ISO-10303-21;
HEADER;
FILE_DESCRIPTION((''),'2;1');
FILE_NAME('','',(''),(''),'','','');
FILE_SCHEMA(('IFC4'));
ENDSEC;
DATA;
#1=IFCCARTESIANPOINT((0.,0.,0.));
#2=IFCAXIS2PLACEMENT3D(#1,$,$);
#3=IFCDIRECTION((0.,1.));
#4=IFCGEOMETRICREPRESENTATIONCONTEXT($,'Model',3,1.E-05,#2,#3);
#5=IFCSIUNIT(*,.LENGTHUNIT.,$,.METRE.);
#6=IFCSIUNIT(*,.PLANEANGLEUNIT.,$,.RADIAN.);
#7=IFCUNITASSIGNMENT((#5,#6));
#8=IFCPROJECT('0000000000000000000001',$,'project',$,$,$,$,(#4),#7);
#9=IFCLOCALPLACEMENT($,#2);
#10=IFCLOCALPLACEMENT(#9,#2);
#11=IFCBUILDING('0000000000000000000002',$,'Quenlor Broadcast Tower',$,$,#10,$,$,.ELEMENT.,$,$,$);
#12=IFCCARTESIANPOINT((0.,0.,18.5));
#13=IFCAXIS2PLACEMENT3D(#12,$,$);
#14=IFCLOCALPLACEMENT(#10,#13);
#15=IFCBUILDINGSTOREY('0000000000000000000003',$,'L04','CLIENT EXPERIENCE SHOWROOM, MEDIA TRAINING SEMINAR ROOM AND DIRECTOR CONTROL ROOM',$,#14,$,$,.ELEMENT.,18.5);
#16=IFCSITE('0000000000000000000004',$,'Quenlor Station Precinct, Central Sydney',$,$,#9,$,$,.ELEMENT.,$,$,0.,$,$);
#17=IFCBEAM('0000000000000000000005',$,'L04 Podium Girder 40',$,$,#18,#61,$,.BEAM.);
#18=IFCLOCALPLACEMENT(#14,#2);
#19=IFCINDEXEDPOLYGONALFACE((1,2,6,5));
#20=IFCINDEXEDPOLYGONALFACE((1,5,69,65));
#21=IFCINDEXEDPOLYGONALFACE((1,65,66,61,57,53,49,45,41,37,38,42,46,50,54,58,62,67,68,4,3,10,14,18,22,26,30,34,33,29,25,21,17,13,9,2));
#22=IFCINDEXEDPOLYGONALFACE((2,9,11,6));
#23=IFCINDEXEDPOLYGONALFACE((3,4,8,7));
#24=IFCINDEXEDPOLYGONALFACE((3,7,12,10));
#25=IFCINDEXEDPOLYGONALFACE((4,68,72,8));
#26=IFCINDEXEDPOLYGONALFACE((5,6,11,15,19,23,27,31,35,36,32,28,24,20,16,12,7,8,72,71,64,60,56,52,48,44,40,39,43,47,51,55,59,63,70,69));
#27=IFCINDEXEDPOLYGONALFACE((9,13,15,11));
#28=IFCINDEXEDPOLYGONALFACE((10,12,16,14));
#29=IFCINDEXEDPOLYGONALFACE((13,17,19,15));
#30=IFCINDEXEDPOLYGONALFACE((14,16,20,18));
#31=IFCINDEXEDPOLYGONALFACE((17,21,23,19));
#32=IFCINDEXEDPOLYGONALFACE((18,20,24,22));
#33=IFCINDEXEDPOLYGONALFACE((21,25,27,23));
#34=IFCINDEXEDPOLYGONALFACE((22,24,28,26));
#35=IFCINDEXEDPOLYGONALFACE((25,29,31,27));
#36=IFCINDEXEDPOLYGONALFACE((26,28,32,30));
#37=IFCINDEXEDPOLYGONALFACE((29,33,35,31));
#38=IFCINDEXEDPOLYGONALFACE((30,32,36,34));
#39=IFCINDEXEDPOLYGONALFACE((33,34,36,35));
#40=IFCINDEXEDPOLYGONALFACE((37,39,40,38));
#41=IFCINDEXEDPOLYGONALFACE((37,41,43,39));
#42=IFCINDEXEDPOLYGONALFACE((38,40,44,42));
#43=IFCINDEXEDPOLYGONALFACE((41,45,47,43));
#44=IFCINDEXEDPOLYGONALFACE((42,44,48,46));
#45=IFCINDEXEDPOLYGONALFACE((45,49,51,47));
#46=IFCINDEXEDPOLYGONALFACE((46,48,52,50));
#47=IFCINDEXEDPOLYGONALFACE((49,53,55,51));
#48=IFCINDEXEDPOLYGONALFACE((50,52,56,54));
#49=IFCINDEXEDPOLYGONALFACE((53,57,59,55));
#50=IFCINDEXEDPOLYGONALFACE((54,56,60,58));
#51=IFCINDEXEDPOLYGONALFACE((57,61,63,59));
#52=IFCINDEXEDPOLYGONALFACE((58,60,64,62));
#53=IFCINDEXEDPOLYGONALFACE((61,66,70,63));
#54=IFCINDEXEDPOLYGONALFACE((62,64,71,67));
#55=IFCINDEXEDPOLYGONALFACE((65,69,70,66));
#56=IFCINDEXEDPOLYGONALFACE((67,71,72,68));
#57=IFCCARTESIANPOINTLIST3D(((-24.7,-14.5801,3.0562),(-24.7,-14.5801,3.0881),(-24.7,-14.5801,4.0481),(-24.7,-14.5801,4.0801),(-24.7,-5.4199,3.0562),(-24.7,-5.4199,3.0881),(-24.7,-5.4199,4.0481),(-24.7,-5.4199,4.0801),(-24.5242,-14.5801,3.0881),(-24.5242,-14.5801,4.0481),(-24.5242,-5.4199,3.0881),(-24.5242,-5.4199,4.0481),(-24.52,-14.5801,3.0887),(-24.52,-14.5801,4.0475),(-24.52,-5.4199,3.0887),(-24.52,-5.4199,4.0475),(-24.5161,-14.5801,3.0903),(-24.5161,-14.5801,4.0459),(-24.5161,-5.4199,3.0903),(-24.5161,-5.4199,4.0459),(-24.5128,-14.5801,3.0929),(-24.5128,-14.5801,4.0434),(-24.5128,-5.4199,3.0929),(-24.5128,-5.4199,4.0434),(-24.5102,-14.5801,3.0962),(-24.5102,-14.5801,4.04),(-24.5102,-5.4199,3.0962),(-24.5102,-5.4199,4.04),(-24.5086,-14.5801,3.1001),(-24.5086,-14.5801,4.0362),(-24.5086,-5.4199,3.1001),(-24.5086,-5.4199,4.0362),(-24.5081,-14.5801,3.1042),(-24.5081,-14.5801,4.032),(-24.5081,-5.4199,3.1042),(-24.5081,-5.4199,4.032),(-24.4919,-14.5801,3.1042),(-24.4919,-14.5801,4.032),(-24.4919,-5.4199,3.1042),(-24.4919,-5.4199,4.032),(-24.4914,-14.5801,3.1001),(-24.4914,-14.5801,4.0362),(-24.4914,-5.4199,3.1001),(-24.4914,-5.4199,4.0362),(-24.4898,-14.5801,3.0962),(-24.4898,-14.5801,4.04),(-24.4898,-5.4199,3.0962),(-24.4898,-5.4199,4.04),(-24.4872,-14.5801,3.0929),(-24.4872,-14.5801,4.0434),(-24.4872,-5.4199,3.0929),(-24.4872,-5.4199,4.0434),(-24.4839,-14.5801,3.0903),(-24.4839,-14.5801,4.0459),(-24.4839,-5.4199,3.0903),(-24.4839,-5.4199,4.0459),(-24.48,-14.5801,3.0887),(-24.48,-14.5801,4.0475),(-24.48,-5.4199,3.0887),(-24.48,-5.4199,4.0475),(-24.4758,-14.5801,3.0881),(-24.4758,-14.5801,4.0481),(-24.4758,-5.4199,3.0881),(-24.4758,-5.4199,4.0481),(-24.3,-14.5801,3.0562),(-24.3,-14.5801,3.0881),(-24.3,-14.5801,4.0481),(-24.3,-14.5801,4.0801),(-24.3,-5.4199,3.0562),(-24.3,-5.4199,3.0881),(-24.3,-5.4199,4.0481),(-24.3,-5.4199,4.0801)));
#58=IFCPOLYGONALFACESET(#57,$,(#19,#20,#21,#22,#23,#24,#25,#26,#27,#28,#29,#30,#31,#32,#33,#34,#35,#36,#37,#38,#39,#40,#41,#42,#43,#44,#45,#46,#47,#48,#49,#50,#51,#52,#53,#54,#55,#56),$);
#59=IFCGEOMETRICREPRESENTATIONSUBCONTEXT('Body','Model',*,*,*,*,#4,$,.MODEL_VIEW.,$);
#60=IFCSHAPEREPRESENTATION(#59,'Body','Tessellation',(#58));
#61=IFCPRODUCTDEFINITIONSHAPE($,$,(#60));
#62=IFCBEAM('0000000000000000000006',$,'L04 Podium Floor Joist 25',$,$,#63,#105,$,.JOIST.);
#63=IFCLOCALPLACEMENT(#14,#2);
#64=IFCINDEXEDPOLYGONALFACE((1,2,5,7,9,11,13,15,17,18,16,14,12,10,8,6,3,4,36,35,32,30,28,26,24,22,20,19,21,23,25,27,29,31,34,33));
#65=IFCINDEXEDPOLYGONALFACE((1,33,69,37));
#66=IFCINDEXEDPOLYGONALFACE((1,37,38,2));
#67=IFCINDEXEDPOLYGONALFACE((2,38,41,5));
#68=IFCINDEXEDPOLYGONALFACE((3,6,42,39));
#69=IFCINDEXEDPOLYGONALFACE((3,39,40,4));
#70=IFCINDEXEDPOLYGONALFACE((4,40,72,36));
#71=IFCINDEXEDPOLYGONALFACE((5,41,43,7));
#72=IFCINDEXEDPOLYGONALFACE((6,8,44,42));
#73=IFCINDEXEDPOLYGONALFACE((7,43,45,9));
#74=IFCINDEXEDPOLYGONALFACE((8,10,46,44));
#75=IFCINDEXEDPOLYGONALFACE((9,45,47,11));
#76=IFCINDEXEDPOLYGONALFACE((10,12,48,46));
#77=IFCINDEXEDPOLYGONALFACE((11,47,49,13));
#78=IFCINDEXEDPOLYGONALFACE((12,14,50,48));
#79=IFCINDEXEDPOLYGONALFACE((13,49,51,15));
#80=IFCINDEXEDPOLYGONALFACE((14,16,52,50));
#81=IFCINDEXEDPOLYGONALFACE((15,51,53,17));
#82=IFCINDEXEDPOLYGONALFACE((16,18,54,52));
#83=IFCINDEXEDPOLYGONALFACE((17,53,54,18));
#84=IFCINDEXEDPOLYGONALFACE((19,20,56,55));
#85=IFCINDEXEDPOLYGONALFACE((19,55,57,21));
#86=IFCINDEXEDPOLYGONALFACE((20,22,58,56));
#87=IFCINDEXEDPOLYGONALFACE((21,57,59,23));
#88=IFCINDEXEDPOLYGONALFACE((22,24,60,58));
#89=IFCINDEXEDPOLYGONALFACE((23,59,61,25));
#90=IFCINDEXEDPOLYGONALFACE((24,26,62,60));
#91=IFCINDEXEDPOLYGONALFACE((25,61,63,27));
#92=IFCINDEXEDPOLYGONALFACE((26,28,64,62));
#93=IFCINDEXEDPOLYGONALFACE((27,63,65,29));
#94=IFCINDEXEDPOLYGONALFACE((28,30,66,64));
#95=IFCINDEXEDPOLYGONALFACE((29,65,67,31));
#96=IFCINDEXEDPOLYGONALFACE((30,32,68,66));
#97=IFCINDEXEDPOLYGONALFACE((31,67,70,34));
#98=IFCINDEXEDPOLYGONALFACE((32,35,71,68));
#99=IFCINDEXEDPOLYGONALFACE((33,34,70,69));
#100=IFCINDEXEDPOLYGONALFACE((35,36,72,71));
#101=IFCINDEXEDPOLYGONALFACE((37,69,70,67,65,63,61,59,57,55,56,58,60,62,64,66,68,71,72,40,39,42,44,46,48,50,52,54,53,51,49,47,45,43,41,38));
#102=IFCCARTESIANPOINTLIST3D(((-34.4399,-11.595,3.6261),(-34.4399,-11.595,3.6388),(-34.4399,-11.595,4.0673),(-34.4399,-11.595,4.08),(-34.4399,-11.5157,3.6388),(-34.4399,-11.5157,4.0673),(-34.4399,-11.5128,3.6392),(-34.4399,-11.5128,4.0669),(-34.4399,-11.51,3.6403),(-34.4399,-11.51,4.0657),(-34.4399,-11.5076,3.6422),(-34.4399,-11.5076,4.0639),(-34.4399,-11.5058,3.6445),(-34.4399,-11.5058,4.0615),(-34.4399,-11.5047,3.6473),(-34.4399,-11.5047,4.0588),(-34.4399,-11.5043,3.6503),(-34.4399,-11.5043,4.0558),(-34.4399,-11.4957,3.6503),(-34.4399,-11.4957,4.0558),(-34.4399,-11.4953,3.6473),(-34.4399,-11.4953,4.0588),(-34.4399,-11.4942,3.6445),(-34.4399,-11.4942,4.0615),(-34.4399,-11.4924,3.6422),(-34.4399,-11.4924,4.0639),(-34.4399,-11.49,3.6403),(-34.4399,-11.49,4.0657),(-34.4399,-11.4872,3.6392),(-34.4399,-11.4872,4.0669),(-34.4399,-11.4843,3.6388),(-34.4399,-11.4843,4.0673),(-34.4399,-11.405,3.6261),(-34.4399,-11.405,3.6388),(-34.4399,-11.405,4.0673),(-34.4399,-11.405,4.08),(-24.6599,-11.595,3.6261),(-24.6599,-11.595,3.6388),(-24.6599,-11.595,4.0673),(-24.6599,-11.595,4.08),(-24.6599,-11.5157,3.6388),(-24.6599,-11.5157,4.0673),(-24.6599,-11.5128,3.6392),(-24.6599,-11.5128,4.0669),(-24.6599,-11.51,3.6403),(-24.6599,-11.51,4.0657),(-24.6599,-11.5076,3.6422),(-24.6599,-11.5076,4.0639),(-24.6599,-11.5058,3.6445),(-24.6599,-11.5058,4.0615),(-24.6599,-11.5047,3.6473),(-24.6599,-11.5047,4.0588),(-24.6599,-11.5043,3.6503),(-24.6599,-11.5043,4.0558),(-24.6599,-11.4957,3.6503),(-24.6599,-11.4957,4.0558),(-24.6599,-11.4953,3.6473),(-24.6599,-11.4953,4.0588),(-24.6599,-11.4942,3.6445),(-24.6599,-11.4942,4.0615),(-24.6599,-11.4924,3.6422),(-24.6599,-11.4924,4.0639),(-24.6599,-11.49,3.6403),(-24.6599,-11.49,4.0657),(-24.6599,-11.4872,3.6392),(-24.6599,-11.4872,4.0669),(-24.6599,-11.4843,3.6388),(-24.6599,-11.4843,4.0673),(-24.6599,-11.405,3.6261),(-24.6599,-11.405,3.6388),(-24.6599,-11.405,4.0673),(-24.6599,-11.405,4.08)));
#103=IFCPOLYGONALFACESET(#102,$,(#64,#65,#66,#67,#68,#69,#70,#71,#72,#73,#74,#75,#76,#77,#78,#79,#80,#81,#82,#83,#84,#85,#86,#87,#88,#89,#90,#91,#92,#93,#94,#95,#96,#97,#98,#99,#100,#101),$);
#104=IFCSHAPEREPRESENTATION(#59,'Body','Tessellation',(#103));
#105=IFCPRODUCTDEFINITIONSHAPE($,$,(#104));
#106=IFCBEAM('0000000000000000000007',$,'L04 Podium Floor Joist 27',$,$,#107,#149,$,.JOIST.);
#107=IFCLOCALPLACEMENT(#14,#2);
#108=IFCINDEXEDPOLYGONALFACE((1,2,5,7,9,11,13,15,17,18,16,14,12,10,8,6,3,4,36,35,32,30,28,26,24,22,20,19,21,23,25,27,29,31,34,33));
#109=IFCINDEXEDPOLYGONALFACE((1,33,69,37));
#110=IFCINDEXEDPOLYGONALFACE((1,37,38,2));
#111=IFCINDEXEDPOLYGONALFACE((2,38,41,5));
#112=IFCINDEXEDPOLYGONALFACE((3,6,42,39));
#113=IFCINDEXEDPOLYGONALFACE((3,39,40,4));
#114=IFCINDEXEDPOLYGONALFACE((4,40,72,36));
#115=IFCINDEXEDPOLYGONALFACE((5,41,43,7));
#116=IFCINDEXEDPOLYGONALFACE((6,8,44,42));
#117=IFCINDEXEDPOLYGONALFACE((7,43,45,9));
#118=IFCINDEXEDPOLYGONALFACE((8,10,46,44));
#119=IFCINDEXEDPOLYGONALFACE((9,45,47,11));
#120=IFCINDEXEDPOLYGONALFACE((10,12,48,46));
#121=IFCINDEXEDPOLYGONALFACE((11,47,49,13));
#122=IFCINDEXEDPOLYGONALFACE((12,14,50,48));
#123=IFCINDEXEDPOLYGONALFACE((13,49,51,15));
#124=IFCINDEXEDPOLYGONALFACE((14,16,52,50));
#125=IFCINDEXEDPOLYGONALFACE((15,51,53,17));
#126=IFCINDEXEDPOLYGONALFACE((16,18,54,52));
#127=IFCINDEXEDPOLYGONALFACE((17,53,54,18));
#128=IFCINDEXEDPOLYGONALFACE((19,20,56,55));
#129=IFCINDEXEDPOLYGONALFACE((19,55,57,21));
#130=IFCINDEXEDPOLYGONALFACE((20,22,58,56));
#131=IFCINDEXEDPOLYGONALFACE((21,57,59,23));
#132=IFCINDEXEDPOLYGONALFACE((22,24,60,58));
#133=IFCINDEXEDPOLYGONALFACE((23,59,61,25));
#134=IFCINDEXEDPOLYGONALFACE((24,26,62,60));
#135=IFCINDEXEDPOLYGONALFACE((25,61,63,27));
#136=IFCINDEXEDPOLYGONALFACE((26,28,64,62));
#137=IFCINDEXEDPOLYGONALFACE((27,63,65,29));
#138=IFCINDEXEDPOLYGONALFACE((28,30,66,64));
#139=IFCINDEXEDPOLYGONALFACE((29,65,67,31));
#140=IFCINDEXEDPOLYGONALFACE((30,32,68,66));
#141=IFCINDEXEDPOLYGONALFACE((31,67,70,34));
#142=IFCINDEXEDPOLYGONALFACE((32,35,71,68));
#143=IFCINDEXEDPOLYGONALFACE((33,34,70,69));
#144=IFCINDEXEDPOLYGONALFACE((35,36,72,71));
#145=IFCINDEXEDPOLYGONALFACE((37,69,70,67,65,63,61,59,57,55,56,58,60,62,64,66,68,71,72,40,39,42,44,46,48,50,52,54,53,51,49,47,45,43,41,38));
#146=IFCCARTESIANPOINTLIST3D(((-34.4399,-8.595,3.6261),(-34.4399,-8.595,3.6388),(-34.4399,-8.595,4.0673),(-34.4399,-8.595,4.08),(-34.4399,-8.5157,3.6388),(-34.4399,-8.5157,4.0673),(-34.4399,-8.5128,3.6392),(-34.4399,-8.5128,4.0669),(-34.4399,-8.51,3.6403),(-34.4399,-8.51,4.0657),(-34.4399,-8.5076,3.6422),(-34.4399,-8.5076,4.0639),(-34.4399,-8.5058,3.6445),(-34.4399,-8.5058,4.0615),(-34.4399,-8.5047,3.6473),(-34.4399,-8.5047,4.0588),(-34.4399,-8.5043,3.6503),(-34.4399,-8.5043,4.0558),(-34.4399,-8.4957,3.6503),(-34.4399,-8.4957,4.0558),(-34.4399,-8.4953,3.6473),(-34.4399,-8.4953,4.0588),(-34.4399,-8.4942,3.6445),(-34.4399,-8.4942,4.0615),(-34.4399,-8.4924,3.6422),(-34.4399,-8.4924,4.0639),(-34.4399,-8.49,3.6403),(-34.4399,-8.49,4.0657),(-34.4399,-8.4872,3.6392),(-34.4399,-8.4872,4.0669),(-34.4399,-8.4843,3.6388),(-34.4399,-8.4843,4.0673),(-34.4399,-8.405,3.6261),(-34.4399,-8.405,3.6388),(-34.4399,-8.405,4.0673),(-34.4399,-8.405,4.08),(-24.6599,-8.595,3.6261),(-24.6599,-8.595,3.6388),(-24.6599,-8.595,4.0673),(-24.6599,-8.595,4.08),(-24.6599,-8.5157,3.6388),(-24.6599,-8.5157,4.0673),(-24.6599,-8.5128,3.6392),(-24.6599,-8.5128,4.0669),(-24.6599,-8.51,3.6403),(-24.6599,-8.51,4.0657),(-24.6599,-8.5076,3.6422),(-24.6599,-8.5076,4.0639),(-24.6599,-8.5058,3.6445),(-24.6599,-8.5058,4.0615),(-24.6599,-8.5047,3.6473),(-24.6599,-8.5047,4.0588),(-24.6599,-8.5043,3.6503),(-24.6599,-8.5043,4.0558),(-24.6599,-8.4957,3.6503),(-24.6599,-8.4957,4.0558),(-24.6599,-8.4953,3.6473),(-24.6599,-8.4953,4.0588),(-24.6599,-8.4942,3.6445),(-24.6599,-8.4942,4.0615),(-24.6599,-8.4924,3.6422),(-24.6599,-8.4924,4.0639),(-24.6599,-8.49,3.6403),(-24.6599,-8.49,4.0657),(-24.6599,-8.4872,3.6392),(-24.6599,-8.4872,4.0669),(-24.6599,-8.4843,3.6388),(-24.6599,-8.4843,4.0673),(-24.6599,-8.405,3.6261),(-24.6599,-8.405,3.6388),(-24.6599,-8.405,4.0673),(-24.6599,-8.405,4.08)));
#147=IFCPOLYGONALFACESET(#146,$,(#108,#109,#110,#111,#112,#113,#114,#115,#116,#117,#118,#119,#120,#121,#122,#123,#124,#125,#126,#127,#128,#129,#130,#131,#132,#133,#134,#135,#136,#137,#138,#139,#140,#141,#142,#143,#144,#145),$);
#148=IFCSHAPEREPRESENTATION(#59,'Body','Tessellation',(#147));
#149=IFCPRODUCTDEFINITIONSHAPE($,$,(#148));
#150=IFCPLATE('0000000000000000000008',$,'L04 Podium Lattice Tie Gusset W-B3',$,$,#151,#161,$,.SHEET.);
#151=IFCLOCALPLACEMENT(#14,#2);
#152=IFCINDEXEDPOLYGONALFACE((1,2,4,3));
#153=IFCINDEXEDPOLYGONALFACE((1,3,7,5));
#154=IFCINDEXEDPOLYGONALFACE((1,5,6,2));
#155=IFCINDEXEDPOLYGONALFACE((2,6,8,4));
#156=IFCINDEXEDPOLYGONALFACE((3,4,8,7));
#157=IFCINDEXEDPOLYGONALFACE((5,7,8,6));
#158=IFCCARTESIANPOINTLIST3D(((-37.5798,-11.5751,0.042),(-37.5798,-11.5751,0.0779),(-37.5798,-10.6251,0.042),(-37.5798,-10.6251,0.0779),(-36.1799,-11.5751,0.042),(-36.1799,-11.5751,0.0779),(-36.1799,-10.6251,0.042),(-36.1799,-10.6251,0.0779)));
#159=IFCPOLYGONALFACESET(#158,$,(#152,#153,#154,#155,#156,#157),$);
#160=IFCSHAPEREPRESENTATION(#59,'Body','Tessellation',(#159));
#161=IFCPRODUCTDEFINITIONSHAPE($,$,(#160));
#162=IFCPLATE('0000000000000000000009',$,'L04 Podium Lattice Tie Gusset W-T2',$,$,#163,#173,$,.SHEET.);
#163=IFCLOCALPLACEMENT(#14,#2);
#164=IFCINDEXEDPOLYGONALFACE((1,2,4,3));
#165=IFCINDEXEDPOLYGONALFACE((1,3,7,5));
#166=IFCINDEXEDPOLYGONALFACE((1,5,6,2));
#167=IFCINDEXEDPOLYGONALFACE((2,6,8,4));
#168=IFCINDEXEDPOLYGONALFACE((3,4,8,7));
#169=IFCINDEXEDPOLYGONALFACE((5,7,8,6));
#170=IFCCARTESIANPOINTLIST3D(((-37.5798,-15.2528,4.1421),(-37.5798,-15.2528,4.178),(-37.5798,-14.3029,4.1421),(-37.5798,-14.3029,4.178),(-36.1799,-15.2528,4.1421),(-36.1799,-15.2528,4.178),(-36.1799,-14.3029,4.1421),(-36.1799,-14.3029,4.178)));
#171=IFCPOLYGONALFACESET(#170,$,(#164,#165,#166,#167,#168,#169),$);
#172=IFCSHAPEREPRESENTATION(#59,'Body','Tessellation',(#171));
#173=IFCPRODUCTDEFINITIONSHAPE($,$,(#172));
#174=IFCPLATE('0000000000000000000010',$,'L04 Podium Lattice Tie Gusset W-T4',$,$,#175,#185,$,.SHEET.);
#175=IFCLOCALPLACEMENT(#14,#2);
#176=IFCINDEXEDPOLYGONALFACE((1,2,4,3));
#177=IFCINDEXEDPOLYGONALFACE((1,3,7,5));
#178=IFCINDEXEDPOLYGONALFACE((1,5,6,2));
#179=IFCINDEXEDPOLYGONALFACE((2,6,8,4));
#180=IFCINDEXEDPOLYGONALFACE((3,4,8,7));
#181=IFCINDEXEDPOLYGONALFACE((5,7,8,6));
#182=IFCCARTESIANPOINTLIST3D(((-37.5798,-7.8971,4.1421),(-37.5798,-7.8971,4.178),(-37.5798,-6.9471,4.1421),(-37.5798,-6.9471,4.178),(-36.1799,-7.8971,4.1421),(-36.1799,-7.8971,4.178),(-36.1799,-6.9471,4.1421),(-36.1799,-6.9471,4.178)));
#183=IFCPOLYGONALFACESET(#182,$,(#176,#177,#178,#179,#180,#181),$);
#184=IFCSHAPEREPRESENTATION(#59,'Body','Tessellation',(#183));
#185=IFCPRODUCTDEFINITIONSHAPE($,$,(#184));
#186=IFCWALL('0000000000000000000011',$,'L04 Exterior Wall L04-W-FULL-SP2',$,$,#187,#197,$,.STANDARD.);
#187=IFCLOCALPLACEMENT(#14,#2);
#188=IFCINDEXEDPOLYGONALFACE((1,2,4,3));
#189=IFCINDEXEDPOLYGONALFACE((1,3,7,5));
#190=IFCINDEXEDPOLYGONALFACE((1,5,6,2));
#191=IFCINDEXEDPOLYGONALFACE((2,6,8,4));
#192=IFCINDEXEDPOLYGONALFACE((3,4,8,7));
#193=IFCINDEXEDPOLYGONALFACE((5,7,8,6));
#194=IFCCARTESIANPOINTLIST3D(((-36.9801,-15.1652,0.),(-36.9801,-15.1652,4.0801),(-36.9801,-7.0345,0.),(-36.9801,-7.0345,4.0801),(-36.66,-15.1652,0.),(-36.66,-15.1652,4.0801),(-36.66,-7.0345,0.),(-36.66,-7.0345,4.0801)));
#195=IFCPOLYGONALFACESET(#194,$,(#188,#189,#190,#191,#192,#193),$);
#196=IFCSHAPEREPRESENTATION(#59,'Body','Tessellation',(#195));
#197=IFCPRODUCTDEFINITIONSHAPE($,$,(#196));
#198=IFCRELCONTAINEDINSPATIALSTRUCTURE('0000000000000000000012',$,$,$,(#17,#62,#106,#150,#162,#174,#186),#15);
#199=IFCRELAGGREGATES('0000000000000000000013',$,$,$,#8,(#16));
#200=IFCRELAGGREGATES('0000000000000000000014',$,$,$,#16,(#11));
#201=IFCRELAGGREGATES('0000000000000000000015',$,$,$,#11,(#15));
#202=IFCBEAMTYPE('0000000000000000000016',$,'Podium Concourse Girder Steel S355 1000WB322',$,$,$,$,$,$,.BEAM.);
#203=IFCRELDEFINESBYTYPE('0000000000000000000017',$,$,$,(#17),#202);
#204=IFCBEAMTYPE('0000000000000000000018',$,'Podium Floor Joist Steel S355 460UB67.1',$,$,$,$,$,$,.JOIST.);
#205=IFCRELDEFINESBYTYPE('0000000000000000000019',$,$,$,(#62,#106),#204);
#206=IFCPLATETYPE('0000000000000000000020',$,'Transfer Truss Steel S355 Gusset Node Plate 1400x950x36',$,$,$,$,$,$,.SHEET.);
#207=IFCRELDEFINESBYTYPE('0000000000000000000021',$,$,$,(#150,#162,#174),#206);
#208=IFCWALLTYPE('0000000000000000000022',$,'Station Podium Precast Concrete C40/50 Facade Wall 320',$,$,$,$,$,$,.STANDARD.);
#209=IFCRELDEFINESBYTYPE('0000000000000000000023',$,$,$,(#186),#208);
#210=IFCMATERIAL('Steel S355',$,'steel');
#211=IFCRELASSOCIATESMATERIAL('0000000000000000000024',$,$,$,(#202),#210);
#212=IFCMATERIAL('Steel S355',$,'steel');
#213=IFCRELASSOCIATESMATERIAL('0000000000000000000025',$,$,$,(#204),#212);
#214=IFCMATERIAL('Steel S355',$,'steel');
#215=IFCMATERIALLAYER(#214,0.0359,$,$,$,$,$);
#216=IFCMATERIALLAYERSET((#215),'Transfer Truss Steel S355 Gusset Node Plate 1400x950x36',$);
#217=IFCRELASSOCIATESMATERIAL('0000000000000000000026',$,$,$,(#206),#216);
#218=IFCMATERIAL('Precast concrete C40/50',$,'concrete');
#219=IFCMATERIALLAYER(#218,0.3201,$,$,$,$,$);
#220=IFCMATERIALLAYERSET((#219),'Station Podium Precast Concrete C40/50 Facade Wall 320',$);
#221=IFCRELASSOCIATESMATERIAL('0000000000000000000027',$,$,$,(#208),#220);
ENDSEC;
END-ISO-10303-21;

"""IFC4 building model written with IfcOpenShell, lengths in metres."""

from ifc_helpers import new_model, si_unit, direction, frame, frame_2d, origin, origin_2d, place, context, subcontext, project, spatial, rectangle, i_section, extrude, material, layer, layer_set, material_profile, profile_set, type_object, element, save


model = new_model("IFC4")

# Units and contexts
model_context = context("Model", 3, precision=1e-05, world=origin(), true_north=direction((0.0, 1.0)))
body_context = subcontext(model_context, "Body", "Model", "MODEL_VIEW")
ifc_project = project(units=[si_unit("LENGTHUNIT", "METRE"), si_unit("PLANEANGLEUNIT", "RADIAN")], contexts=[model_context])

# Site, building, storey
site_placement = place(None, origin())
site = spatial("IfcSite", under=ifc_project, at=site_placement, Name="Quenlor Station Precinct, Central Sydney", CompositionType="ELEMENT", RefElevation=0.0)
building_placement = place(site_placement, origin())
building = spatial("IfcBuilding", under=site, at=building_placement, Name="Quenlor Broadcast Tower", CompositionType="ELEMENT")
storey_placement = place(building_placement, frame((0.0, 0.0, 18.5)))
storey = spatial("IfcBuildingStorey", under=building, at=storey_placement, Name="L04", Description="CLIENT EXPERIENCE SHOWROOM, MEDIA TRAINING SEMINAR ROOM AND DIRECTOR CONTROL ROOM", CompositionType="ELEMENT", Elevation=18.5)

# Beams
ifc_material_1 = material(Name="Steel S355", Category="steel")
ifc_material_profile_1 = material_profile(ifc_material_1, i_section(OverallWidth=0.3999, OverallDepth=1.0239, WebThickness=0.0161, FlangeThickness=0.032, FilletRadius=0.0161, at=origin_2d()))
ifc_profile_set_1 = profile_set([ifc_material_profile_1], Name="Steel S355 1000WB322")
beam_type_1 = type_object("IfcBeamType", Name="Podium Concourse Girder Steel S355 1000WB322", PredefinedType="BEAM", material=ifc_profile_set_1)
for number, where, z_axis, x_axis, name in (
    (1, (-24.5, -14.5801, 3.5681), (0.0, 1.0, 0.0), (-1.0, 0.0, 0.0), "L04 Podium Girder 40"),
):
    element("IfcBeam", number, at=place(storey_placement, frame(where, z_axis=z_axis, x_axis=x_axis)), inside=storey, type_object=beam_type_1, Name=name, PredefinedType="BEAM", context=body_context, shape_type="SweptSolid", body=[
        extrude(i_section(OverallWidth=0.3999, OverallDepth=1.0239, WebThickness=0.0161, FlangeThickness=0.032, FilletRadius=0.0161, at=origin_2d()), origin(), (0.0, 0.0, 1.0), 9.1602),
    ])
ifc_material_2 = material(Name="Steel S355", Category="steel")
ifc_material_profile_2 = material_profile(ifc_material_2, i_section(OverallWidth=0.1899, OverallDepth=0.4539, WebThickness=0.0085, FlangeThickness=0.0127, FilletRadius=0.0115, at=origin_2d()))
ifc_profile_set_2 = profile_set([ifc_material_profile_2], Name="Steel S355 460UB67.1")
beam_type_2 = type_object("IfcBeamType", Name="Podium Floor Joist Steel S355 460UB67.1", PredefinedType="JOIST", material=ifc_profile_set_2)
for number, where, z_axis, x_axis, name in (
    (2, (-34.4399, -11.5, 3.853), (1.0, 0.0, 0.0), (0.0, 1.0, 0.0), "L04 Podium Floor Joist 25"),
    (3, (-34.4399, -8.5, 3.853), (1.0, 0.0, 0.0), (0.0, 1.0, 0.0), "L04 Podium Floor Joist 27"),
):
    element("IfcBeam", number, at=place(storey_placement, frame(where, z_axis=z_axis, x_axis=x_axis)), inside=storey, type_object=beam_type_2, Name=name, PredefinedType="JOIST", context=body_context, shape_type="SweptSolid", body=[
        extrude(i_section(OverallWidth=0.1899, OverallDepth=0.4539, WebThickness=0.0085, FlangeThickness=0.0127, FilletRadius=0.0115, at=origin_2d()), origin(), (0.0, 0.0, 1.0), 9.78),
    ])

# Plates
ifc_material_3 = material(Name="Steel S355", Category="steel")
ifc_layer_1 = layer(ifc_material_3, 0.0359)
ifc_layer_set_1 = layer_set([ifc_layer_1], Name="Transfer Truss Steel S355 Gusset Node Plate 1400x950x36")
plate_type = type_object("IfcPlateType", Name="Transfer Truss Steel S355 Gusset Node Plate 1400x950x36", PredefinedType="SHEET", material=ifc_layer_set_1)
for number, where, z_axis, x_axis, name in (
    (4, (-36.8799, -11.1001, 0.042), (0.0, 0.0, 1.0), (-1.0, 0.0, 0.0), "L04 Podium Lattice Tie Gusset W-B3"),
    (5, (-36.8799, -14.7778, 4.1421), (0.0, 0.0, 1.0), (-1.0, 0.0, 0.0), "L04 Podium Lattice Tie Gusset W-T2"),
    (6, (-36.8799, -7.4221, 4.1421), (0.0, 0.0, 1.0), (-1.0, 0.0, 0.0), "L04 Podium Lattice Tie Gusset W-T4"),
):
    element("IfcPlate", number, at=place(storey_placement, frame(where, z_axis=z_axis, x_axis=x_axis)), inside=storey, type_object=plate_type, Name=name, PredefinedType="SHEET", context=body_context, shape_type="SweptSolid", body=[
        extrude(rectangle(XDim=1.3999, YDim=0.95, at=origin_2d()), origin(), (0.0, 0.0, 1.0), 0.0359),
    ])

# Wall
ifc_material_4 = material(Name="Precast concrete C40/50", Category="concrete")
ifc_layer_2 = layer(ifc_material_4, 0.3201)
ifc_layer_set_2 = layer_set([ifc_layer_2], Name="Station Podium Precast Concrete C40/50 Facade Wall 320")
wall_type = type_object("IfcWallType", Name="Station Podium Precast Concrete C40/50 Facade Wall 320", PredefinedType="STANDARD", material=ifc_layer_set_2)
wall_placement = place(storey_placement, frame((-36.8201, -15.1653, 0.0), z_axis=(0.0, 0.0, 1.0), x_axis=(0.0, 1.0, 0.0)))
element("IfcWall", 7, at=wall_placement, inside=storey, type_object=wall_type, Name="L04 Exterior Wall L04-W-FULL-SP2", PredefinedType="STANDARD", context=body_context, shape_type="SweptSolid", body=[
    extrude(rectangle(XDim=8.1306, YDim=0.3201, at=frame_2d((4.0654, 0.0))), origin(), (0.0, 0.0, 1.0), 4.0801),
])

save(model, "model.ifc")
